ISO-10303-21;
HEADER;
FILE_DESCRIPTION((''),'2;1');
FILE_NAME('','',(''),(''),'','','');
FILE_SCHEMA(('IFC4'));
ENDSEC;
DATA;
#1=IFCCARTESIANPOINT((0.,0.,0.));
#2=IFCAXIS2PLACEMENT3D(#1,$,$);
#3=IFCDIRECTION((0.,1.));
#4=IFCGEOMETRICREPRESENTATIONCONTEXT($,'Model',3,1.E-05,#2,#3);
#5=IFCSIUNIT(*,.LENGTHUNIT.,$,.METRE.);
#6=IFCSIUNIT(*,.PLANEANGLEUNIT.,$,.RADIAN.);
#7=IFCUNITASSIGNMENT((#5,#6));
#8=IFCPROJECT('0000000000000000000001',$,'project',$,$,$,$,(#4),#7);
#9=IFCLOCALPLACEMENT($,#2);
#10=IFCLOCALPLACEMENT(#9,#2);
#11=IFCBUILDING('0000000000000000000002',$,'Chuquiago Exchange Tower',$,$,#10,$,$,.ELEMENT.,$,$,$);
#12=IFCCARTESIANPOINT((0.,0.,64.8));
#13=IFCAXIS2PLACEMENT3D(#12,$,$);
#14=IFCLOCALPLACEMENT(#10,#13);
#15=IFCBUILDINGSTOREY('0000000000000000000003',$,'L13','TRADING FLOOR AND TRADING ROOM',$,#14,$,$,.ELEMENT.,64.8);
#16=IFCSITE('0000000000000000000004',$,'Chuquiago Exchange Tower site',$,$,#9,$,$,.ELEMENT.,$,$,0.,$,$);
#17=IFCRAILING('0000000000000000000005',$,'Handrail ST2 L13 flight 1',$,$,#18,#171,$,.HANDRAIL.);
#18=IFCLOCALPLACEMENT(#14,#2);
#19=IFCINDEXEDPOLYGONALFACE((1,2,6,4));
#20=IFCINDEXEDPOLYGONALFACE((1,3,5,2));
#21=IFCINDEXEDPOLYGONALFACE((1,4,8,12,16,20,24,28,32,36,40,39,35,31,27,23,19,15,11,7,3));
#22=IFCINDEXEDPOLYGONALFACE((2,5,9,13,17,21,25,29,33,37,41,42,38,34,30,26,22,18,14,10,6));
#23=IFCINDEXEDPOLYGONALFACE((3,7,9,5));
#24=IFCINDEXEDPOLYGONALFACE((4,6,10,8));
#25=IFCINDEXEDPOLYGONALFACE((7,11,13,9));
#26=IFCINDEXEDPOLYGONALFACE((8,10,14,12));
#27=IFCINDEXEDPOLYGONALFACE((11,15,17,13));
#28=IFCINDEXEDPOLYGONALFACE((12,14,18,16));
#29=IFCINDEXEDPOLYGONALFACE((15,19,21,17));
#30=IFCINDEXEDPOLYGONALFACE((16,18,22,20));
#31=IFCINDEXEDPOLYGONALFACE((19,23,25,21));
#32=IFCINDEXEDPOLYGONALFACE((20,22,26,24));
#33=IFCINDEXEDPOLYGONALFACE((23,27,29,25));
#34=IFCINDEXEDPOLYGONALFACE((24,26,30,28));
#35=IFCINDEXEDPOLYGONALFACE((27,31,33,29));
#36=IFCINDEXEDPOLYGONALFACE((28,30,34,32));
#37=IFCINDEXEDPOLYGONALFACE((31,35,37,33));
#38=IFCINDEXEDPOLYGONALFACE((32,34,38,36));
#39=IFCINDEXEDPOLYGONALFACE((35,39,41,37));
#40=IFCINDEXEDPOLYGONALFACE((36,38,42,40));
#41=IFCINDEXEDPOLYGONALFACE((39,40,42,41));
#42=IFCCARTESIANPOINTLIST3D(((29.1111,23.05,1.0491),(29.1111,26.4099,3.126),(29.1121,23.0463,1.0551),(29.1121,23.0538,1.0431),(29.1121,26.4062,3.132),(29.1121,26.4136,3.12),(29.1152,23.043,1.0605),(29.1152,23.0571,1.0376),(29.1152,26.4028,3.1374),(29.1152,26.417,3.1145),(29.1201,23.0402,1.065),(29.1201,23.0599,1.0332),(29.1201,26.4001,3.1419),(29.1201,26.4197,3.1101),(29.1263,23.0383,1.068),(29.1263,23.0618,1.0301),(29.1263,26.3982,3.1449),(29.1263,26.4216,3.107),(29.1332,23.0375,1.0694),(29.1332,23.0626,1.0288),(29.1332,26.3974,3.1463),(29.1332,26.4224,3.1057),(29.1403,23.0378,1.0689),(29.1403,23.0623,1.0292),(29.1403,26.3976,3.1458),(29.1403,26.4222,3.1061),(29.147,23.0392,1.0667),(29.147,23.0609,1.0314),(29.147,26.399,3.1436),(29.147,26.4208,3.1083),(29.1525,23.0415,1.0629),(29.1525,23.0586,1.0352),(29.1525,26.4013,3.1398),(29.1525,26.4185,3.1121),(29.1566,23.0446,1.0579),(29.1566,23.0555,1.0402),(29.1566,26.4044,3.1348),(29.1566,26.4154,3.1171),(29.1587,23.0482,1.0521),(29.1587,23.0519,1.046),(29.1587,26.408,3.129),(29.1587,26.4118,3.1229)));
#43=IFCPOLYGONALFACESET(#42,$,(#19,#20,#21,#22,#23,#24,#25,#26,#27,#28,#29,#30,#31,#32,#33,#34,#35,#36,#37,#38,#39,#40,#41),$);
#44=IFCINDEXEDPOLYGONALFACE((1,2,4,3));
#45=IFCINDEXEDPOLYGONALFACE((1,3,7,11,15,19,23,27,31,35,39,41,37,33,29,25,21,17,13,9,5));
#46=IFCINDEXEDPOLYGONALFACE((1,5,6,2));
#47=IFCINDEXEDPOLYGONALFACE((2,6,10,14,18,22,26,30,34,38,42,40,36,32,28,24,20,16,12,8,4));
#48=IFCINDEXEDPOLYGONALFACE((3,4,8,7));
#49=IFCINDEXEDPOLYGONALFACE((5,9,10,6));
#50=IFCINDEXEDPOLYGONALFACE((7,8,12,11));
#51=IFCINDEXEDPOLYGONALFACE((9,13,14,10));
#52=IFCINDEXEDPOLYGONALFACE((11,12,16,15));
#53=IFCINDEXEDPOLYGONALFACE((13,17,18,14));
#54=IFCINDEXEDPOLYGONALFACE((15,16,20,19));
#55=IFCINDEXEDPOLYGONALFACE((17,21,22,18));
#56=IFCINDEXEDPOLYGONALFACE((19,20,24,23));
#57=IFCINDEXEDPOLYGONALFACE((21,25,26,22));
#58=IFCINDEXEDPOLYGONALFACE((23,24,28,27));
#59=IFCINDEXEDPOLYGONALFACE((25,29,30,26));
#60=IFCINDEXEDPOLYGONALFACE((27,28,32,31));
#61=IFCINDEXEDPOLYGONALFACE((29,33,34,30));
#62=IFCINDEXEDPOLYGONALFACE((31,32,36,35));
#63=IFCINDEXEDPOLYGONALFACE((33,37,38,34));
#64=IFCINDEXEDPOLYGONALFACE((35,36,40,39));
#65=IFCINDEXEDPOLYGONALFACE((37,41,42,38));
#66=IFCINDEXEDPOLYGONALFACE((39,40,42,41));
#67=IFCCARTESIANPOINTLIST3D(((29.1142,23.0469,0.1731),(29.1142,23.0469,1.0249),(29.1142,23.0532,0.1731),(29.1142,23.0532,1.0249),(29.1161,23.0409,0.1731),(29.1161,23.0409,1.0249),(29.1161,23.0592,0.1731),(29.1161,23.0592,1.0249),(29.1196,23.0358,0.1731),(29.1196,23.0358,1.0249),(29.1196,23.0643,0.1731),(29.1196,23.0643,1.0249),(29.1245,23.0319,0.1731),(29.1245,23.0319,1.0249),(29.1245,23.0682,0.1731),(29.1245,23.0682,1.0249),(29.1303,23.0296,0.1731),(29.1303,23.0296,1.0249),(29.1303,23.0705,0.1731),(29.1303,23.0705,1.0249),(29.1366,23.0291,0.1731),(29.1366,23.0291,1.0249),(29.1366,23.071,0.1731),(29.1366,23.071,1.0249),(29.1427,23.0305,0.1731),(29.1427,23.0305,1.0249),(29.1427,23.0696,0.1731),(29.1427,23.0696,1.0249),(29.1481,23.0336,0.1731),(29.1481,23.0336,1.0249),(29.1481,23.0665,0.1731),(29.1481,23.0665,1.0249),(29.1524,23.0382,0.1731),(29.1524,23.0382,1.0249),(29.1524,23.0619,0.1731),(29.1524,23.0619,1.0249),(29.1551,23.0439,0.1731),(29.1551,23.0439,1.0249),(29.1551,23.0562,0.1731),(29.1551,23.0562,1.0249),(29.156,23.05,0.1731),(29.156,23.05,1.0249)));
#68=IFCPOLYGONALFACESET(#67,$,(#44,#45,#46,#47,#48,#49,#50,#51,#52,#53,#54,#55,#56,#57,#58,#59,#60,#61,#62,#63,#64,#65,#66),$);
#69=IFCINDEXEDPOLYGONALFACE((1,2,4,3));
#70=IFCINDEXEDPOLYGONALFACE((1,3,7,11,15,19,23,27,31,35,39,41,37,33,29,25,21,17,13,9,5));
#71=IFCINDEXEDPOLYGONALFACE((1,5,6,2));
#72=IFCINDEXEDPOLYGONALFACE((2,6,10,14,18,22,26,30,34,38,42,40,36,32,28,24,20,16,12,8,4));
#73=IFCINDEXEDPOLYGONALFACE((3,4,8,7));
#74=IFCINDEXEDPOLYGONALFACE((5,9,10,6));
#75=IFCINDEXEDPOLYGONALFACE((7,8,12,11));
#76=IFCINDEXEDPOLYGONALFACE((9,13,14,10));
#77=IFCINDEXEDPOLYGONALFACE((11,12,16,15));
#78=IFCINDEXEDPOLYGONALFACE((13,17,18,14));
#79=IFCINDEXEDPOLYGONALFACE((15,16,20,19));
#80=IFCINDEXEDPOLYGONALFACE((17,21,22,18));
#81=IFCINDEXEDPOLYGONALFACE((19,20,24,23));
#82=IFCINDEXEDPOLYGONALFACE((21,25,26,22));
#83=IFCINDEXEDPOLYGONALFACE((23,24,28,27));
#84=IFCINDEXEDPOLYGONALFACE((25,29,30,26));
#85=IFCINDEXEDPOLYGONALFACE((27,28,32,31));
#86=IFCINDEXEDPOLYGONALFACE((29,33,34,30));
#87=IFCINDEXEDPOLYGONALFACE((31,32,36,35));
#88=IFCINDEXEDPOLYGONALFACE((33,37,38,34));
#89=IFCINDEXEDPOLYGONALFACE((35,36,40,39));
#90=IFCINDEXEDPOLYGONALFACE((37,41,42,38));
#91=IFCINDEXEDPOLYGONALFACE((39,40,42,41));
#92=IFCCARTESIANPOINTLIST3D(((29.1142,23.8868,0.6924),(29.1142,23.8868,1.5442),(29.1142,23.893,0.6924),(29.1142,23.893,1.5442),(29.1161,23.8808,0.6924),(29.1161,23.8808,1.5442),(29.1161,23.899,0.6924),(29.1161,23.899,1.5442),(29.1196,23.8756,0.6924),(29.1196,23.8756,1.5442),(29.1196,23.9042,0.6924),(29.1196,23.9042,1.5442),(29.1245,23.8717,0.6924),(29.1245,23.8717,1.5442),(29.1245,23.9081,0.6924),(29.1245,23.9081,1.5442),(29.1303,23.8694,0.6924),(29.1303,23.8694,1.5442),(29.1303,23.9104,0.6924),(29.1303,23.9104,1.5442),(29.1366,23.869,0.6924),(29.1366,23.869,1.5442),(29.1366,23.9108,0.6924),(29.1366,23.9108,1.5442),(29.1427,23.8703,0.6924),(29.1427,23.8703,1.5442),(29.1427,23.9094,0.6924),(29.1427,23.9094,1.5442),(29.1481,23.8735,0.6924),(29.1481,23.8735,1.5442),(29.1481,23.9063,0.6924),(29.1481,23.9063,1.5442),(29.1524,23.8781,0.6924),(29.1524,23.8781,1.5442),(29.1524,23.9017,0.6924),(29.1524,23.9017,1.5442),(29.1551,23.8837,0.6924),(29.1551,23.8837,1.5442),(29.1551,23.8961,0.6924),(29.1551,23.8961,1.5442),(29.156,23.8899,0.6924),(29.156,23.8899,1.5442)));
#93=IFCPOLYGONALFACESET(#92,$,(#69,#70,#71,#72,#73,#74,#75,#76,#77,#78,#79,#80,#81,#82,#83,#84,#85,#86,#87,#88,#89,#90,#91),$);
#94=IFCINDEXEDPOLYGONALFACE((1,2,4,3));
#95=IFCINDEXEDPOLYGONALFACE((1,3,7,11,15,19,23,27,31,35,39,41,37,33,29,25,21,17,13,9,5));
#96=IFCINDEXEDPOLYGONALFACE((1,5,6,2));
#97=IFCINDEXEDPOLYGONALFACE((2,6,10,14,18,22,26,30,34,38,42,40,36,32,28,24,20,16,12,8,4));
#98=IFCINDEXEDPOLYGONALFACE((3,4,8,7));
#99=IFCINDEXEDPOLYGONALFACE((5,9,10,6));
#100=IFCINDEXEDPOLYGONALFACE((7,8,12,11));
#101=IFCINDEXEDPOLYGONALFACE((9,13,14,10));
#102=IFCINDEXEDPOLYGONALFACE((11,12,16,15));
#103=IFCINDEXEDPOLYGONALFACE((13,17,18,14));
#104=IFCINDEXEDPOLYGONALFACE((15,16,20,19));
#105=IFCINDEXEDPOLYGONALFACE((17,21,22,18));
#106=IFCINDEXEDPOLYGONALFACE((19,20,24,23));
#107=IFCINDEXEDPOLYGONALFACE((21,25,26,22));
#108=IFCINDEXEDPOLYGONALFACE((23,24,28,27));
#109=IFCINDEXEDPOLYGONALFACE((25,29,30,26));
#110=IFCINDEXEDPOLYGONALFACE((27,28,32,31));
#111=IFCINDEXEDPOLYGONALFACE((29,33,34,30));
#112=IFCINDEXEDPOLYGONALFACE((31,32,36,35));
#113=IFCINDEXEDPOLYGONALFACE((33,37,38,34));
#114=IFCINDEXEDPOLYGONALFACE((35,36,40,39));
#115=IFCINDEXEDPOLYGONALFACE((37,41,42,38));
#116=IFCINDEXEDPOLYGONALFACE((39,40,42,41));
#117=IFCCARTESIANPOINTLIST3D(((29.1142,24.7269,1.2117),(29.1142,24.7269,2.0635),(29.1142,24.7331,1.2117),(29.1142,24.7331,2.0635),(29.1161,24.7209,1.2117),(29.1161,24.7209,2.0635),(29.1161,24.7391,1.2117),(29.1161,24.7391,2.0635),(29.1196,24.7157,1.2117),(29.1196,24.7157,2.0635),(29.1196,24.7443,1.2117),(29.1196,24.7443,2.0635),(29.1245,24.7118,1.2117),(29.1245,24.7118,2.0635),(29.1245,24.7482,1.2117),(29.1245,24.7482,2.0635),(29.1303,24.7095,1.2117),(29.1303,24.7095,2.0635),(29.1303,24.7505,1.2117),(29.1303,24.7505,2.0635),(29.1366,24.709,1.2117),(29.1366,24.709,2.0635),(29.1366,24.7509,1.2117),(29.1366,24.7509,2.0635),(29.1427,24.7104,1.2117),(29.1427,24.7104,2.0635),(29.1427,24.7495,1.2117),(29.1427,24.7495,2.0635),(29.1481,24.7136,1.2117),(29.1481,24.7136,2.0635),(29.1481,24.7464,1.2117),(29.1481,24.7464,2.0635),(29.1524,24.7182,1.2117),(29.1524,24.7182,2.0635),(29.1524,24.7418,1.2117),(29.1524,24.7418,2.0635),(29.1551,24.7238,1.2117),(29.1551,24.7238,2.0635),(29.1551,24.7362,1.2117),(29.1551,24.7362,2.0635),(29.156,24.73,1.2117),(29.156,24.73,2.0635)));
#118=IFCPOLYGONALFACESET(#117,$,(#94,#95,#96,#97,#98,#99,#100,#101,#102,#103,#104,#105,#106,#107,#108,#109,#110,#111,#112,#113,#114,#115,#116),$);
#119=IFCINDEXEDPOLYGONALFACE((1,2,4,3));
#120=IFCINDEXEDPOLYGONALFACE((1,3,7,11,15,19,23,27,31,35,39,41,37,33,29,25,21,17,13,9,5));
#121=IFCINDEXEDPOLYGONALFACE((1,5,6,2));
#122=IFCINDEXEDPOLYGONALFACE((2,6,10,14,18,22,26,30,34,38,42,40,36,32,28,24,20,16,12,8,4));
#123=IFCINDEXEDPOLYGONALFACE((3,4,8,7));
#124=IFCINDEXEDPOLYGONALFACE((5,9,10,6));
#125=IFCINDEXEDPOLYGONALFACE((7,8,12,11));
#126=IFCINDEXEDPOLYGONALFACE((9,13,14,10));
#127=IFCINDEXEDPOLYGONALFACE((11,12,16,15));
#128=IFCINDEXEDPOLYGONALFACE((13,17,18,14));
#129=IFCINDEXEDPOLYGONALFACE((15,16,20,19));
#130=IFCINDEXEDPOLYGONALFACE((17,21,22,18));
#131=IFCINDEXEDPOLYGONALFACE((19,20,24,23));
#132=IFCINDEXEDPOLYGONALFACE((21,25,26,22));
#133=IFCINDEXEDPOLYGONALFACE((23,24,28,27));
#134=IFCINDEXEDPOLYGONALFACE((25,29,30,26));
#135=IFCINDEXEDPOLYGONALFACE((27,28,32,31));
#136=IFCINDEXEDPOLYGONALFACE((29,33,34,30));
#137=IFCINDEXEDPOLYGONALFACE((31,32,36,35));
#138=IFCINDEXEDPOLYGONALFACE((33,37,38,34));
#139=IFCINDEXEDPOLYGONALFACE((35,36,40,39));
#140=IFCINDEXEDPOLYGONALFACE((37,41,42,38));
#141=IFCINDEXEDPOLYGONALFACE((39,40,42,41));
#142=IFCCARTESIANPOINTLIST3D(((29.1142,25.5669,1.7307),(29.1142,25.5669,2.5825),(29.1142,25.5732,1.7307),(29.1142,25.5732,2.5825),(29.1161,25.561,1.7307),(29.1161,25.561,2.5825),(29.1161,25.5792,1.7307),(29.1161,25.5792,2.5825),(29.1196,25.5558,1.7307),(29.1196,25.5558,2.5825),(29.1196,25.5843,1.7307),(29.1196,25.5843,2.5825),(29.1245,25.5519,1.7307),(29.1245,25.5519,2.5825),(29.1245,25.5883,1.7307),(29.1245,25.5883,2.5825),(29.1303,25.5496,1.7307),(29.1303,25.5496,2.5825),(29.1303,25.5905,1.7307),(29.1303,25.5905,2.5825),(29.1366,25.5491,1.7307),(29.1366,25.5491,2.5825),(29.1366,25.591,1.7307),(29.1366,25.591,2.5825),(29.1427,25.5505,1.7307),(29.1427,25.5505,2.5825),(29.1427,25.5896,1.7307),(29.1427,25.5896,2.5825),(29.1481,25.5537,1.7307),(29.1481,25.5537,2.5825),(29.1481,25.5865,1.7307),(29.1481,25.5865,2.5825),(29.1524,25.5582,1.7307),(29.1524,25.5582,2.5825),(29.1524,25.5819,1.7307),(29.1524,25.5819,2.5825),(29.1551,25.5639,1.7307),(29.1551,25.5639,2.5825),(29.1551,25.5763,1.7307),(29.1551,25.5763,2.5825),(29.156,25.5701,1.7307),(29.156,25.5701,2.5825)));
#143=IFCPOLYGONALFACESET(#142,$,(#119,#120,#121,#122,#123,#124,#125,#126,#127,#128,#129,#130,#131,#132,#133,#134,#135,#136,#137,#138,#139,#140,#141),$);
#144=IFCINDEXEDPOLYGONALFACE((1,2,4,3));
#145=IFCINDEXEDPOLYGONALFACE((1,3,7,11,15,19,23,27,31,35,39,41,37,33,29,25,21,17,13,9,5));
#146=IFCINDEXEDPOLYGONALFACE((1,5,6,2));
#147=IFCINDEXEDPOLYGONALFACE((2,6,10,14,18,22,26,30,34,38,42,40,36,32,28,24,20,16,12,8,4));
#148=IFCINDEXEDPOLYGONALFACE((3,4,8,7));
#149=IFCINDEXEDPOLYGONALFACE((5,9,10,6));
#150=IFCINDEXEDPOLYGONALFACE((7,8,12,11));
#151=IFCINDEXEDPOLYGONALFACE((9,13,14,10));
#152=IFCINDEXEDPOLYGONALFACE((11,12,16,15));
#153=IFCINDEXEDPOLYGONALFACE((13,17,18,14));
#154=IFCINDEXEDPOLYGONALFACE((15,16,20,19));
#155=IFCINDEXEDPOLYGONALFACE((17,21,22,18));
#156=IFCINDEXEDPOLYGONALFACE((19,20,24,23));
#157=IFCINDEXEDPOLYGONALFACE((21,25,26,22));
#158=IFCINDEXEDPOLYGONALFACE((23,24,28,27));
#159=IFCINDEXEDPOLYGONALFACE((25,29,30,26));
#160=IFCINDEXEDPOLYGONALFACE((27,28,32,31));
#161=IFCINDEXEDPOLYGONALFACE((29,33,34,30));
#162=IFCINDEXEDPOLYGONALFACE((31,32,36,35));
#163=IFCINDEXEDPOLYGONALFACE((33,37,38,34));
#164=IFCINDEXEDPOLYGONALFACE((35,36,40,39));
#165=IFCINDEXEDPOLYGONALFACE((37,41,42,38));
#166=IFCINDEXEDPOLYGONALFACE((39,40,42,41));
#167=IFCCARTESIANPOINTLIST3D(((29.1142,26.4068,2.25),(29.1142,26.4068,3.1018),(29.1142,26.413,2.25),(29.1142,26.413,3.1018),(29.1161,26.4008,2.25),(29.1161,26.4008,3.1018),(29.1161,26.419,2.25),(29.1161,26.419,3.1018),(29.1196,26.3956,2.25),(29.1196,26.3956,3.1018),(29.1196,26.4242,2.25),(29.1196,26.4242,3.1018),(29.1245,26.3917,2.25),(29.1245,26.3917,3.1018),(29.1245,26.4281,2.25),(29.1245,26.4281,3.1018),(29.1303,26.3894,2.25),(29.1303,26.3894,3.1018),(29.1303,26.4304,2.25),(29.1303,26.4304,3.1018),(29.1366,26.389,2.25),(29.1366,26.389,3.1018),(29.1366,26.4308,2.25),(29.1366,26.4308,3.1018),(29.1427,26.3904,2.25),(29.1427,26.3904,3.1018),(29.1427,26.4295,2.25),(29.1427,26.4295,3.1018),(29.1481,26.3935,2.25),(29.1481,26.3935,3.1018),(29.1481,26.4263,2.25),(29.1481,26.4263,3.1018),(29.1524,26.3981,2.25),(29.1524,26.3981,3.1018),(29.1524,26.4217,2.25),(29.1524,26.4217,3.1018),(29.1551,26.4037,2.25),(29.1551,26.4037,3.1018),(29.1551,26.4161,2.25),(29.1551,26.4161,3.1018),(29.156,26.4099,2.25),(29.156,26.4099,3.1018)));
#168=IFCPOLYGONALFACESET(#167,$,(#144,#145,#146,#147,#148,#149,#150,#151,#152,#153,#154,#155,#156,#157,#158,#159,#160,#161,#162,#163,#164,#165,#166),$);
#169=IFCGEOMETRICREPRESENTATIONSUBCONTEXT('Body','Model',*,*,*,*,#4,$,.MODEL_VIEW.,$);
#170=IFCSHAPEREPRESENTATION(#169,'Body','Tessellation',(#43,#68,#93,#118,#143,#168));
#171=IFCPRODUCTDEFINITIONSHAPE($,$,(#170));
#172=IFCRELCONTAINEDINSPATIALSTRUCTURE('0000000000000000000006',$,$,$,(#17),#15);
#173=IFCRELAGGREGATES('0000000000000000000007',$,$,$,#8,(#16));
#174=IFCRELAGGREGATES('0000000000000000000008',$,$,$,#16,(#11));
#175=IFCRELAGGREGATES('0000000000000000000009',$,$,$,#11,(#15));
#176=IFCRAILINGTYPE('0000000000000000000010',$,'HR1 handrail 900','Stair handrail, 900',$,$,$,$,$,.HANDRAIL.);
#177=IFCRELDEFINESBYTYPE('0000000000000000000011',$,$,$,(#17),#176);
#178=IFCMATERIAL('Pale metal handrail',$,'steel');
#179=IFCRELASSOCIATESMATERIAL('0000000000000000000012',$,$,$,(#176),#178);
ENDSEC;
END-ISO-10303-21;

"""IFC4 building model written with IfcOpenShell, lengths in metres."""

from ifc_helpers import new_model, si_unit, direction, frame, origin, origin_2d, place, context, subcontext, project, spatial, circle, extrude, material, type_object, element, save


model = new_model("IFC4")

# Units and contexts
model_context = context("Model", 3, precision=1e-05, world=origin(), true_north=direction((0.0, 1.0)))
body_context = subcontext(model_context, "Body", "Model", "MODEL_VIEW")
ifc_project = project(units=[si_unit("LENGTHUNIT", "METRE"), si_unit("PLANEANGLEUNIT", "RADIAN")], contexts=[model_context])

# Site, building, storey
site_placement = place(None, origin())
site = spatial("IfcSite", under=ifc_project, at=site_placement, Name="Chuquiago Exchange Tower site", CompositionType="ELEMENT", RefElevation=0.0)
building_placement = place(site_placement, origin())
building = spatial("IfcBuilding", under=site, at=building_placement, Name="Chuquiago Exchange Tower", CompositionType="ELEMENT")
storey_placement = place(building_placement, frame((0.0, 0.0, 64.8)))
storey = spatial("IfcBuildingStorey", under=building, at=storey_placement, Name="L13", Description="TRADING FLOOR AND TRADING ROOM", CompositionType="ELEMENT", Elevation=64.8)

# Railing
ifc_material_1 = material(Name="Pale metal handrail", Category="steel")
railing_type = type_object("IfcRailingType", Name="HR1 handrail 900", Description="Stair handrail, 900", PredefinedType="HANDRAIL", material=ifc_material_1)
for number, where, name in (
    (1, (29.135, 23.05, 0.1731), "Handrail ST2 L13 flight 1"),
):
    element("IfcRailing", number, at=place(storey_placement, frame(where)), inside=storey, type_object=railing_type, Name=name, PredefinedType="HANDRAIL", context=body_context, shape_type="SweptSolid", body=[
        extrude(circle(Radius=0.0239, at=origin_2d()), frame((0.0, 0.0, 0.876), z_axis=(0.0, 0.850606, 0.525803), x_axis=(-1.0, 0.0, 0.0)), (0.0, 0.0, 1.0), 3.95),
        extrude(circle(Radius=0.021, at=origin_2d()), origin(), (0.0, 0.0, 1.0), 0.8518),
        extrude(circle(Radius=0.021, at=origin_2d()), frame((0.0, 0.8398, 0.5193)), (0.0, 0.0, 1.0), 0.8518),
        extrude(circle(Radius=0.021, at=origin_2d()), frame((0.0, 1.6799, 1.0386)), (0.0, 0.0, 1.0), 0.8518),
        extrude(circle(Radius=0.021, at=origin_2d()), frame((0.0, 2.52, 1.5576)), (0.0, 0.0, 1.0), 0.8518),
        extrude(circle(Radius=0.021, at=origin_2d()), frame((0.0, 3.3599, 2.0769)), (0.0, 0.0, 1.0), 0.8518),
    ])

save(model, "model.ifc")
